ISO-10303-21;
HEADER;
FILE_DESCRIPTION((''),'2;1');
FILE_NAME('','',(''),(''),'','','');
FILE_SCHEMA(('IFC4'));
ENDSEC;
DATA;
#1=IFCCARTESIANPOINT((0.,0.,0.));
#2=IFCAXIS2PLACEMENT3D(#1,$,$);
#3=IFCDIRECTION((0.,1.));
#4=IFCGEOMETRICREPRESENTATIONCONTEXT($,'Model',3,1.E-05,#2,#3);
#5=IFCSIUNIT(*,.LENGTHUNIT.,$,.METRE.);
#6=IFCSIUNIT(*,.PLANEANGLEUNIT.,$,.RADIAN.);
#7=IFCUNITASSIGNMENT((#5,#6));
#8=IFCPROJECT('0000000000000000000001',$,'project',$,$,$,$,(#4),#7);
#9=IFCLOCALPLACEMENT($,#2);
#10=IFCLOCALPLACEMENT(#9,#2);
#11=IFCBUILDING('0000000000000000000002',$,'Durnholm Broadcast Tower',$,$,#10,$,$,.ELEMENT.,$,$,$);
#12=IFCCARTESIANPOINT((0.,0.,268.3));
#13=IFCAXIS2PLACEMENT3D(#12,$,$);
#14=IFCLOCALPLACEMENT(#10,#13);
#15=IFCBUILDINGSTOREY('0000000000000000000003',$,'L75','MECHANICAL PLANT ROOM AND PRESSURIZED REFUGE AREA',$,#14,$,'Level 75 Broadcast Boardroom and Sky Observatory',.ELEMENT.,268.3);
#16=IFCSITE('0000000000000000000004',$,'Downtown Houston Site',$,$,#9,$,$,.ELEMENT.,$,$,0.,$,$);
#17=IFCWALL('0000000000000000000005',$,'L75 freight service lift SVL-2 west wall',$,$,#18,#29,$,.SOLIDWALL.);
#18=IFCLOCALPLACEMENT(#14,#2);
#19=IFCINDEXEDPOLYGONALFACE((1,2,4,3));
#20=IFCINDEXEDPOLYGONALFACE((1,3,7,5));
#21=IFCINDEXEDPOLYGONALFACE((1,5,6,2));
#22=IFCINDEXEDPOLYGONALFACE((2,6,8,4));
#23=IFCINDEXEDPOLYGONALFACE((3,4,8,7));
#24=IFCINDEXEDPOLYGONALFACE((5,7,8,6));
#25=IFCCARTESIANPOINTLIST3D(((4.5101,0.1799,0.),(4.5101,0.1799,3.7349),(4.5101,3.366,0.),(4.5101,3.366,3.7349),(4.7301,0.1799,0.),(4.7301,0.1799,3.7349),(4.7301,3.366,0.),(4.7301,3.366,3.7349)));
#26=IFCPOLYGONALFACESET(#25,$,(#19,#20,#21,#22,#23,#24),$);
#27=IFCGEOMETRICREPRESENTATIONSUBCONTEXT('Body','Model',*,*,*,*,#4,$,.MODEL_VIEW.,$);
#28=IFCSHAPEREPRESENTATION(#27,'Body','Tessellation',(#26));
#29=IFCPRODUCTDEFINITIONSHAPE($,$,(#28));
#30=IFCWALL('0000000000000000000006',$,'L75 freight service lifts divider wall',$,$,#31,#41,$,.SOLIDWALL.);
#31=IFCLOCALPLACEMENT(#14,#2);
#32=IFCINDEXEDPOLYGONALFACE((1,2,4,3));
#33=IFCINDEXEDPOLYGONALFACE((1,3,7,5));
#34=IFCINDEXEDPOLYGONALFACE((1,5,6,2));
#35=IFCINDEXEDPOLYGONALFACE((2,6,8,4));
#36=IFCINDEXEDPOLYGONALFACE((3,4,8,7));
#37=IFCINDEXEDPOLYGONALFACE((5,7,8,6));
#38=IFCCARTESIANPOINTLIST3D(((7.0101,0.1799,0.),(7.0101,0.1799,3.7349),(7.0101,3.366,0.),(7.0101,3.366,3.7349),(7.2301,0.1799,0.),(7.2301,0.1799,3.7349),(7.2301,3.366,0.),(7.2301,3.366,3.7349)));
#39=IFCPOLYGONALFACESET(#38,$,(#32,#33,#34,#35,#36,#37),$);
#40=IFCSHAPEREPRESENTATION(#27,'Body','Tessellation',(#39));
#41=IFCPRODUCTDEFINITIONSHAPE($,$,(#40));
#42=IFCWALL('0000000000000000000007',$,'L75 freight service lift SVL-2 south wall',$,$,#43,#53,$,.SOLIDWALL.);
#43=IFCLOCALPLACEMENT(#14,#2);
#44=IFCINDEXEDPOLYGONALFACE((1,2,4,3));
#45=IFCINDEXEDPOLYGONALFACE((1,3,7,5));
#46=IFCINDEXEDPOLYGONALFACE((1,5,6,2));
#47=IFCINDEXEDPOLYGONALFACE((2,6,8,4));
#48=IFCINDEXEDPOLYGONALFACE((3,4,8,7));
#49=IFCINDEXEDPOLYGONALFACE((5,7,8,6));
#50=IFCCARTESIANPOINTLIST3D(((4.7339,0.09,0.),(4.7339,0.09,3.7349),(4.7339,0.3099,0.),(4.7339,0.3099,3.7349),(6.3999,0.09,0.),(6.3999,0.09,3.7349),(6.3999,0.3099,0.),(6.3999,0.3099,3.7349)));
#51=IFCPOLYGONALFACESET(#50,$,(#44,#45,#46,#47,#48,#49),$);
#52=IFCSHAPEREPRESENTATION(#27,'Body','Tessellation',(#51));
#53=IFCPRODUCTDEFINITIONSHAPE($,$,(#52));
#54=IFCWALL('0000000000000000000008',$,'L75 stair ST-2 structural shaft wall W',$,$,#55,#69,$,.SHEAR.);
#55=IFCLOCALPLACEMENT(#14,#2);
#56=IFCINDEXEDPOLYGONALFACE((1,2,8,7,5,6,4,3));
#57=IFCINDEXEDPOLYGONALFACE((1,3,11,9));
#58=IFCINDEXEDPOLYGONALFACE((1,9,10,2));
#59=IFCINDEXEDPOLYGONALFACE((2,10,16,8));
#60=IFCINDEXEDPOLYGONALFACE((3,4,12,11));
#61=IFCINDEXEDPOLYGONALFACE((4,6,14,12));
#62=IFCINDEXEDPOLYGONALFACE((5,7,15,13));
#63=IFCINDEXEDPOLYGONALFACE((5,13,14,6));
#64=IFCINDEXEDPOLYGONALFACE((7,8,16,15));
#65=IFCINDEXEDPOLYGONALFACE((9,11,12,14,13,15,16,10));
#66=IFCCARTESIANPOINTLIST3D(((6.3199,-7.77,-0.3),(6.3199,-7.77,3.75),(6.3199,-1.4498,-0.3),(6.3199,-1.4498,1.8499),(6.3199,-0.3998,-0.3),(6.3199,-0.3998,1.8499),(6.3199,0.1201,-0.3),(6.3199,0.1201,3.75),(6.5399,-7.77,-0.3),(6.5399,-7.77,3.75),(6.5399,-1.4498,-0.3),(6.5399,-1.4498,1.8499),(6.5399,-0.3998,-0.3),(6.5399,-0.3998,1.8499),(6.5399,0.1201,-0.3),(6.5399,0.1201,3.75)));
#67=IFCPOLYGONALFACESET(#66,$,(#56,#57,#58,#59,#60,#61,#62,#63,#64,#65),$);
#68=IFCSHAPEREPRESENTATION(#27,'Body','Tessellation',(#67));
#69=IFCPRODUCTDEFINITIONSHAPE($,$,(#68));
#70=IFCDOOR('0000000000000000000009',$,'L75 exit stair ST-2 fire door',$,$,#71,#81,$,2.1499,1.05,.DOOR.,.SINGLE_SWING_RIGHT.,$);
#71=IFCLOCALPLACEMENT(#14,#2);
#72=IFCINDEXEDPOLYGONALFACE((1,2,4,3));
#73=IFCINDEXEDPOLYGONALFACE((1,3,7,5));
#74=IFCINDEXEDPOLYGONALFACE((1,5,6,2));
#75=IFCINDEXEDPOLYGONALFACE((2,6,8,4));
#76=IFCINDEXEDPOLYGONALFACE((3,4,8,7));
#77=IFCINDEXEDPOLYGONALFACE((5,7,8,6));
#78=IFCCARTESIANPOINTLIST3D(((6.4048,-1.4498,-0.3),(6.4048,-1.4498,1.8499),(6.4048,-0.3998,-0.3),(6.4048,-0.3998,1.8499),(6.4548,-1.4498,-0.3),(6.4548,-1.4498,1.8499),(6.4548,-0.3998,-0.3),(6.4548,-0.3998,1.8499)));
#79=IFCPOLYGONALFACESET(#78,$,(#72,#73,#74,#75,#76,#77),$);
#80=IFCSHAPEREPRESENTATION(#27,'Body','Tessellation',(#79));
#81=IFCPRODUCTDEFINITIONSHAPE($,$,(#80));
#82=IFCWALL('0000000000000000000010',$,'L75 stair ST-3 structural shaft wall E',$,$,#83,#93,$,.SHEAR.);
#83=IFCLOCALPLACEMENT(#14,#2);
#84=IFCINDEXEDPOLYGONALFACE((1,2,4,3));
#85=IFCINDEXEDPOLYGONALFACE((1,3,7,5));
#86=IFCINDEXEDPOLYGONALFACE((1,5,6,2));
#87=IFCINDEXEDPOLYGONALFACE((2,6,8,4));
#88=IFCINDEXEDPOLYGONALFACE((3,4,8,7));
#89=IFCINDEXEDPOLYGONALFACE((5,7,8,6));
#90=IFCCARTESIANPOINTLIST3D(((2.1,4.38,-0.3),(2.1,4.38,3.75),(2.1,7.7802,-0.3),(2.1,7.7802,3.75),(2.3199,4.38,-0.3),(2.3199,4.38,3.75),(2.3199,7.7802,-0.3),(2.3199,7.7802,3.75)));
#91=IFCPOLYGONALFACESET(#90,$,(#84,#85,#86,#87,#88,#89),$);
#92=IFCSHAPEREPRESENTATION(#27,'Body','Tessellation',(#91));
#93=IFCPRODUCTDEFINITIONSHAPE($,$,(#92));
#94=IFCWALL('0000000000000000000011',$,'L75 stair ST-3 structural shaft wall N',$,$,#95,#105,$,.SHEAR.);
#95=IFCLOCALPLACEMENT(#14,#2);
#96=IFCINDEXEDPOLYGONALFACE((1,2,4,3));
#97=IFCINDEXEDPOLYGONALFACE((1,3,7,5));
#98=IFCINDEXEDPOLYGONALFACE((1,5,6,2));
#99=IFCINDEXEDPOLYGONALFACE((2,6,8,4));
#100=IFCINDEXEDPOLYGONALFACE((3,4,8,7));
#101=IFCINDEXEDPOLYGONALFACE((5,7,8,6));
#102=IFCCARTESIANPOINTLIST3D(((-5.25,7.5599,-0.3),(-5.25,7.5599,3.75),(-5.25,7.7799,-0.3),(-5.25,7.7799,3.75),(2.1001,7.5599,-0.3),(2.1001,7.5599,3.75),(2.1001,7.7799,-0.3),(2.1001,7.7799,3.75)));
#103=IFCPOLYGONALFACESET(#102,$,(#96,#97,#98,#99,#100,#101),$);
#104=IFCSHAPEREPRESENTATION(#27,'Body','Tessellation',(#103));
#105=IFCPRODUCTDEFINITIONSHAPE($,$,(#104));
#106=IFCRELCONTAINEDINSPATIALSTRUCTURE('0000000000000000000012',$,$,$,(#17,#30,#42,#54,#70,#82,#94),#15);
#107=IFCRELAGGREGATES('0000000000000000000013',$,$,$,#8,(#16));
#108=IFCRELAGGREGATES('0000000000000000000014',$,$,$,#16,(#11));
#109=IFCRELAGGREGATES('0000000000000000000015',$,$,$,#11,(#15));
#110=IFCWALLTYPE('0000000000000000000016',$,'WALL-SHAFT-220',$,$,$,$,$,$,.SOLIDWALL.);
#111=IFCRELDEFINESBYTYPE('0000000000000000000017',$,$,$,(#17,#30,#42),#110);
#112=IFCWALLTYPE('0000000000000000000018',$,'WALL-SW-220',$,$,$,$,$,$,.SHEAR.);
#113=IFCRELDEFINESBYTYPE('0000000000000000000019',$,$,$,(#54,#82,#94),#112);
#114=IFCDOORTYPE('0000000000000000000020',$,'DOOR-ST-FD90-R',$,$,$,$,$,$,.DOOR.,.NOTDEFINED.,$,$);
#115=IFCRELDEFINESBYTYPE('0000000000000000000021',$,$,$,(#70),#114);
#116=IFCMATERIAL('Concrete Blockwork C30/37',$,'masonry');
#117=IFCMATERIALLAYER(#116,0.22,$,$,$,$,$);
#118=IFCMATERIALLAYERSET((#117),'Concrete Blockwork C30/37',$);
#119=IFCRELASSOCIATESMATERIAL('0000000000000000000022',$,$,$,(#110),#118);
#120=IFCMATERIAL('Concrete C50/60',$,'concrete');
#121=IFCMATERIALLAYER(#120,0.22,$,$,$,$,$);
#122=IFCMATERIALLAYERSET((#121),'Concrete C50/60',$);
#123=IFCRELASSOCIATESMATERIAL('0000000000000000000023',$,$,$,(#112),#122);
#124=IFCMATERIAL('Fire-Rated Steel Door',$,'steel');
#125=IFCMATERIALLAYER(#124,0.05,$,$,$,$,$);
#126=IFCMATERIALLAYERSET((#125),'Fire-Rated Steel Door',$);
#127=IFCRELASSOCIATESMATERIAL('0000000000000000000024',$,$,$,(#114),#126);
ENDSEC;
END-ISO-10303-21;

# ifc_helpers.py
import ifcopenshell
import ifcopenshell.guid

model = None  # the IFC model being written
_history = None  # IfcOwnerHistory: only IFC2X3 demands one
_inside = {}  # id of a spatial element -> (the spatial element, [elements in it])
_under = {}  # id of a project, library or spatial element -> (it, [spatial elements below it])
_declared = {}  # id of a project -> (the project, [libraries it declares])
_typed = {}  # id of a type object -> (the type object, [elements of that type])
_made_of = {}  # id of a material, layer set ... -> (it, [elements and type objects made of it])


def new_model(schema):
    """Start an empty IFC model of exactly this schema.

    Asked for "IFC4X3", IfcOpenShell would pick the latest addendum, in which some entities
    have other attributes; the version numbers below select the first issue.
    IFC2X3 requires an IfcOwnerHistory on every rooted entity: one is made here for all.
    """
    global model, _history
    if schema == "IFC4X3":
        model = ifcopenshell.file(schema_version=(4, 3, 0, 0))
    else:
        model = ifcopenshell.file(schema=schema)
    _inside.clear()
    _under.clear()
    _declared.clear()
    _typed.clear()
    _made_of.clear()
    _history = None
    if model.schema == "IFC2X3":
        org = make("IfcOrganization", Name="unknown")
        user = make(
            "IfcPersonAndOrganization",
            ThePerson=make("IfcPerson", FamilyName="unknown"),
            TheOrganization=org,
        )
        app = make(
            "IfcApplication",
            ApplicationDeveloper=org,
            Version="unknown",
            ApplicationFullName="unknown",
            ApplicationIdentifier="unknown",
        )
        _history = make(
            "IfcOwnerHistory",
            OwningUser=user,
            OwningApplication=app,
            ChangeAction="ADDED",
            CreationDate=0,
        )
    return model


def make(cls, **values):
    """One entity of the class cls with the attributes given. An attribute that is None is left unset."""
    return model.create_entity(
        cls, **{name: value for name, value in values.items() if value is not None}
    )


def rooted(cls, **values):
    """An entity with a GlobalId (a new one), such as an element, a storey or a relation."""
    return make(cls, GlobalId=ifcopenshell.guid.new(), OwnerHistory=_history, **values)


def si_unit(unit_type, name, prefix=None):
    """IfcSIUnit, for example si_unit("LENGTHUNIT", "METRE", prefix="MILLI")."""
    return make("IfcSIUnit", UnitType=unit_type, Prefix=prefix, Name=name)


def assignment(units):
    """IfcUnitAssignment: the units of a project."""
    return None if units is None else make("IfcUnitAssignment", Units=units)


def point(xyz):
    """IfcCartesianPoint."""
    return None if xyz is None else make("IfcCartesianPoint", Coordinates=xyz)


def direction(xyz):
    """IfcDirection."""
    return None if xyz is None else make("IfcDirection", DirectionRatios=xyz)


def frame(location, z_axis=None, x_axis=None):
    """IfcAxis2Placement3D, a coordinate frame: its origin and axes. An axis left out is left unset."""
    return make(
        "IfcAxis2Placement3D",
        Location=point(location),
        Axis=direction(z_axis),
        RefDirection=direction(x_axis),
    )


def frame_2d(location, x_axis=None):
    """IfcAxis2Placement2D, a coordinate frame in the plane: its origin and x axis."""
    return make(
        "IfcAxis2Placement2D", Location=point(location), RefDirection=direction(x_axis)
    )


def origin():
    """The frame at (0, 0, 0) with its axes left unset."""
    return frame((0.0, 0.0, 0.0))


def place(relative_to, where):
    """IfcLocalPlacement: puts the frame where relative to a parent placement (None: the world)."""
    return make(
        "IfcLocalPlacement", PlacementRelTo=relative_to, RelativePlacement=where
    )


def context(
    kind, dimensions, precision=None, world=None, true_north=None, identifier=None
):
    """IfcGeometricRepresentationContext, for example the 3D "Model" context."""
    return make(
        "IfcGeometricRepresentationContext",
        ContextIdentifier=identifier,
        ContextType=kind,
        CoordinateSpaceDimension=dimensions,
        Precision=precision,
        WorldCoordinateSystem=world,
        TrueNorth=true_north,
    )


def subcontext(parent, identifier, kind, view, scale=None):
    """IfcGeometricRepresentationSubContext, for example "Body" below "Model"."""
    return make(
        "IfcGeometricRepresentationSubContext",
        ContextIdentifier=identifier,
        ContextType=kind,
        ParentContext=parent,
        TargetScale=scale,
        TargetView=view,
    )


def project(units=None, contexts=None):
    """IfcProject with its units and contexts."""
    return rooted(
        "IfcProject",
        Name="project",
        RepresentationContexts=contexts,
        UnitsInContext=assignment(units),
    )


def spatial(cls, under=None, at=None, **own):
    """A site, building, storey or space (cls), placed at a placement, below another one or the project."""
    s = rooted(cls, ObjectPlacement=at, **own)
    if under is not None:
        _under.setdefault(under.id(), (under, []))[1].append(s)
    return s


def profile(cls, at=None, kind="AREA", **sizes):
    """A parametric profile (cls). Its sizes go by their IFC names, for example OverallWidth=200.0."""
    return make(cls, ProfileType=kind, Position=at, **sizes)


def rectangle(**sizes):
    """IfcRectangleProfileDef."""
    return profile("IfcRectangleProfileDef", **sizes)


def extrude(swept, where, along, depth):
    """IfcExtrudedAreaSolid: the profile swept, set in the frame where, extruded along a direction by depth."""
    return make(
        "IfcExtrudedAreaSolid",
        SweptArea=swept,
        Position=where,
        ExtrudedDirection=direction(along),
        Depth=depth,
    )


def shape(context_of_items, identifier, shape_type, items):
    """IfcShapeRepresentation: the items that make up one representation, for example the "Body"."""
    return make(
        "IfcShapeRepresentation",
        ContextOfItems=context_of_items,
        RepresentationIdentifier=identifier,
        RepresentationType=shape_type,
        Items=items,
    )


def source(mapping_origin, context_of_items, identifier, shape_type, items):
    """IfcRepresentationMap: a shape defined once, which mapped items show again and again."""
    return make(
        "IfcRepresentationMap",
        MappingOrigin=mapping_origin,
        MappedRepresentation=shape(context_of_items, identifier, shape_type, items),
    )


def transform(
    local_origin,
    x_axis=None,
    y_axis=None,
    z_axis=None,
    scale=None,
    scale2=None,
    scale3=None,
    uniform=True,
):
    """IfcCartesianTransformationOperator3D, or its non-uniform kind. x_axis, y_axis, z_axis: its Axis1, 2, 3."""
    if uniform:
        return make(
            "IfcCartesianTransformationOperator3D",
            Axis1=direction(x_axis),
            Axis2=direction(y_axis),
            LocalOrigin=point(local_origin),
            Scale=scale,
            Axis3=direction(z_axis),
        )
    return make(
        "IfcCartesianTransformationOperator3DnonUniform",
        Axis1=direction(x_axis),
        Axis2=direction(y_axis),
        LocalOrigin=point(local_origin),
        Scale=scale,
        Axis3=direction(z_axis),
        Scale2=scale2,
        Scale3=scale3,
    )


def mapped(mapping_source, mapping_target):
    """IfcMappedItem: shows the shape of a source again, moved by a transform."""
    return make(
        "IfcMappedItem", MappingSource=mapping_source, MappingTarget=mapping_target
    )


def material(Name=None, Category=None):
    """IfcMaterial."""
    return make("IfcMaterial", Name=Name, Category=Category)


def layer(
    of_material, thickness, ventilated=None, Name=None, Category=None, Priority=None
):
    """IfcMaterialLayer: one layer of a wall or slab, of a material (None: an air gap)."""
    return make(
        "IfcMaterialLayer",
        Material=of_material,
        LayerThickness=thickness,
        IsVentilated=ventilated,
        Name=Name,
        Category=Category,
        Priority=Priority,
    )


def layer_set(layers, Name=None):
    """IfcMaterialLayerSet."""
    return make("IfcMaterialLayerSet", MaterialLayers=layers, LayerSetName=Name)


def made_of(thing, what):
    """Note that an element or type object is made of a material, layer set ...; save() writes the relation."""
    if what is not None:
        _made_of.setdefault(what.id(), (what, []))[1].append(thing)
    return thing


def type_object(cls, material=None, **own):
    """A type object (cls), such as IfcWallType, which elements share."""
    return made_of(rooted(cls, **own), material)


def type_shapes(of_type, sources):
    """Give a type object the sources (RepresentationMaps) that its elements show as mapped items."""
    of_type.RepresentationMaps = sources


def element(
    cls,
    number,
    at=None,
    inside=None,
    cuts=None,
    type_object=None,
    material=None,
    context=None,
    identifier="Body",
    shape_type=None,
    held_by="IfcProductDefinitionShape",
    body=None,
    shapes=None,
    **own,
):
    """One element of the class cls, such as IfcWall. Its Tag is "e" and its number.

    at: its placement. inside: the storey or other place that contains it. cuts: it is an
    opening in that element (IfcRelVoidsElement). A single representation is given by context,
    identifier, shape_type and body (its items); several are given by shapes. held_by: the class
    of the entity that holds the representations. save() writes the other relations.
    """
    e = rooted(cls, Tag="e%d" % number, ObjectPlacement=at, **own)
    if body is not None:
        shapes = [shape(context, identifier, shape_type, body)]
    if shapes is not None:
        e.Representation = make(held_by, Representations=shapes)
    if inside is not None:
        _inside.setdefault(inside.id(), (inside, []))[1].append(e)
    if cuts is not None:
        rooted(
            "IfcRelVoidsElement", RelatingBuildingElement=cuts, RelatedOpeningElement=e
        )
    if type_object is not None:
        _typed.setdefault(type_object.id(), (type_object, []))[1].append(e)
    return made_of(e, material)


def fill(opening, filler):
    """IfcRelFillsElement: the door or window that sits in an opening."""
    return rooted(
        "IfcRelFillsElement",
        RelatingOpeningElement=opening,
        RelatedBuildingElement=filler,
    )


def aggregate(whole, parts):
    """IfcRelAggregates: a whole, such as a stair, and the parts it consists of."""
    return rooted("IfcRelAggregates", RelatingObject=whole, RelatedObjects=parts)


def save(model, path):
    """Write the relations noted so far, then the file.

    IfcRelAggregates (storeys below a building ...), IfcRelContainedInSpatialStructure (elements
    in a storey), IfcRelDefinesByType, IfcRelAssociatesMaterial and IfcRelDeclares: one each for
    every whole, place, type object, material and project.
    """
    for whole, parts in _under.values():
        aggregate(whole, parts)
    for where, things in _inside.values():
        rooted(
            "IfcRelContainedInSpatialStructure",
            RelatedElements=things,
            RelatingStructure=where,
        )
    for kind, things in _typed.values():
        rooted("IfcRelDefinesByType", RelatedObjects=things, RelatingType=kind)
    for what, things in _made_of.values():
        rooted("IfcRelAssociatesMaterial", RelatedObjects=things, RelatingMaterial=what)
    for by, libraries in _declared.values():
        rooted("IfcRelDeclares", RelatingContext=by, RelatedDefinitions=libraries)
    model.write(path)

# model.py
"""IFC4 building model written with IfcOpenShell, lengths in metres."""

from ifc_helpers import new_model, si_unit, direction, frame, frame_2d, origin, place, context, subcontext, project, spatial, rectangle, extrude, source, transform, mapped, material, layer, layer_set, type_object, type_shapes, element, fill, save


model = new_model("IFC4")

# Units and contexts
model_context = context("Model", 3, precision=1e-05, world=origin(), true_north=direction((0.0, 1.0)))
body_context = subcontext(model_context, "Body", "Model", "MODEL_VIEW")
ifc_project = project(units=[si_unit("LENGTHUNIT", "METRE"), si_unit("PLANEANGLEUNIT", "RADIAN")], contexts=[model_context])

# Site, building, storey
site_placement = place(None, origin())
site = spatial("IfcSite", under=ifc_project, at=site_placement, Name="Downtown Houston Site", CompositionType="ELEMENT", RefElevation=0.0)
building_placement = place(site_placement, origin())
building = spatial("IfcBuilding", under=site, at=building_placement, Name="Durnholm Broadcast Tower", CompositionType="ELEMENT")
storey_placement = place(building_placement, frame((0.0, 0.0, 268.3)))
storey = spatial("IfcBuildingStorey", under=building, at=storey_placement, Name="L75", Description="MECHANICAL PLANT ROOM AND PRESSURIZED REFUGE AREA", LongName="Level 75 Broadcast Boardroom and Sky Observatory", CompositionType="ELEMENT", Elevation=268.3)

# Shared definitions
ifc_material_1 = material(Name="Concrete C50/60", Category="concrete")

# Shared definitions
ifc_material_2 = material(Name="Concrete Blockwork C30/37", Category="masonry")
ifc_layer_1 = layer(ifc_material_2, 0.22)
ifc_layer_set_1 = layer_set([ifc_layer_1], Name="Concrete Blockwork C30/37")
wall_type_1 = type_object("IfcWallType", Name="WALL-SHAFT-220", PredefinedType="SOLIDWALL", material=ifc_layer_set_1)

# Walls
for number, where, z_axis, x_axis, name in (
    (1, (4.6201, 0.1799, 0.0), (0.0, 0.0, 1.0), (0.0, 1.0, 0.0), "L75 freight service lift SVL-2 west wall"),
    (2, (7.1201, 0.1799, 0.0), (0.0, 0.0, 1.0), (0.0, 1.0, 0.0), "L75 freight service lifts divider wall"),
):
    element("IfcWall", number, at=place(storey_placement, frame(where, z_axis=z_axis, x_axis=x_axis)), inside=storey, type_object=wall_type_1, Name=name, PredefinedType="SOLIDWALL", context=body_context, shape_type="SweptSolid", body=[
        extrude(rectangle(XDim=3.186, YDim=0.22, at=frame_2d((1.593, 0.0))), origin(), (0.0, 0.0, 1.0), 3.7349),
    ])
wall_1_placement = place(storey_placement, frame((4.7339, 0.2, 0.0), z_axis=(0.0, 0.0, 1.0), x_axis=(1.0, 0.0, 0.0)))
element("IfcWall", 3, at=wall_1_placement, inside=storey, type_object=wall_type_1, Name="L75 freight service lift SVL-2 south wall", PredefinedType="SOLIDWALL", context=body_context, shape_type="SweptSolid", body=[
    extrude(rectangle(XDim=1.666, YDim=0.22, at=frame_2d((0.833, 0.0))), origin(), (0.0, 0.0, 1.0), 3.7349),
])

# Wall, opening, door
ifc_layer_2 = layer(ifc_material_1, 0.22)
ifc_layer_set_2 = layer_set([ifc_layer_2], Name="Concrete C50/60")
wall_type_2 = type_object("IfcWallType", Name="WALL-SW-220", PredefinedType="SHEAR", material=ifc_layer_set_2)
wall_2_placement = place(storey_placement, frame((6.4299, 0.1201, -0.3), z_axis=(0.0, 0.0, 1.0), x_axis=(0.0, -1.0, 0.0)))
wall_2 = element("IfcWall", 4, at=wall_2_placement, inside=storey, type_object=wall_type_2, Name="L75 stair ST-2 structural shaft wall W", PredefinedType="SHEAR", context=body_context, shape_type="SweptSolid", body=[
    extrude(rectangle(XDim=7.8901, YDim=0.22, at=frame_2d((3.9451, 0.0))), origin(), (0.0, 0.0, 1.0), 4.05),
])
opening_1_placement = place(wall_2_placement, frame((0.52, 0.0, 0.0)))
opening_1 = element("IfcOpeningElement", 5, at=opening_1_placement, cuts=wall_2, PredefinedType="OPENING", context=body_context, shape_type="SweptSolid", body=[
    extrude(rectangle(XDim=1.05, YDim=2.1499, at=frame_2d((0.5249, 1.075))), frame((0.0, 0.1201, 0.0), z_axis=(0.0, -1.0, 0.0), x_axis=(1.0, 0.0, 0.0)), (0.0, 0.0, 1.0), 0.24),
])
ifc_material_3 = material(Name="Fire-Rated Steel Door", Category="steel")
ifc_layer_3 = layer(ifc_material_3, 0.05)
ifc_layer_set_3 = layer_set([ifc_layer_3], Name="Fire-Rated Steel Door")
door_type_1 = type_object("IfcDoorType", Name="DOOR-ST-FD90-R", OperationType="NOTDEFINED", PredefinedType="DOOR", material=ifc_layer_set_3)
shared_shape_1 = source(origin(), body_context, "Body", "SweptSolid", [
    extrude(rectangle(XDim=1.05, YDim=2.1499, at=frame_2d((0.5249, 1.075))), frame((0.0, 0.0249, 0.0), z_axis=(0.0, -1.0, 0.0), x_axis=(1.0, 0.0, 0.0)), (0.0, 0.0, 1.0), 0.05),
])
type_shapes(door_type_1, [shared_shape_1])
door_1_placement = place(opening_1_placement, origin())
door_1 = element("IfcDoor", 6, at=door_1_placement, inside=storey, type_object=door_type_1, Name="L75 exit stair ST-2 fire door", OperationType="SINGLE_SWING_RIGHT", OverallHeight=2.1499, OverallWidth=1.05, PredefinedType="DOOR", context=body_context, shape_type="MappedRepresentation", body=[
    mapped(shared_shape_1, transform((0.0, 0.0, 0.0), x_axis=(1.0, 0.0, 0.0), y_axis=(0.0, 1.0, 0.0), z_axis=(0.0, 0.0, 1.0), scale=1.0)),
])
fill(opening_1, door_1)

# Walls
wall_3_placement = place(storey_placement, frame((2.21, 4.3799, -0.3), z_axis=(0.0, 0.0, 1.0), x_axis=(0.0, 1.0, 0.0)))
element("IfcWall", 7, at=wall_3_placement, inside=storey, type_object=wall_type_2, Name="L75 stair ST-3 structural shaft wall E", PredefinedType="SHEAR", context=body_context, shape_type="SweptSolid", body=[
    extrude(rectangle(XDim=3.4001, YDim=0.22, at=frame_2d((1.7002, 0.0))), origin(), (0.0, 0.0, 1.0), 4.05),
])
wall_4_placement = place(storey_placement, frame((2.1001, 7.6699, -0.3), z_axis=(0.0, 0.0, 1.0), x_axis=(-1.0, 0.0, 0.0)))
element("IfcWall", 8, at=wall_4_placement, inside=storey, type_object=wall_type_2, Name="L75 stair ST-3 structural shaft wall N", PredefinedType="SHEAR", context=body_context, shape_type="SweptSolid", body=[
    extrude(rectangle(XDim=7.3501, YDim=0.22, at=frame_2d((3.675, 0.0))), origin(), (0.0, 0.0, 1.0), 4.05),
])

save(model, "model.ifc")
